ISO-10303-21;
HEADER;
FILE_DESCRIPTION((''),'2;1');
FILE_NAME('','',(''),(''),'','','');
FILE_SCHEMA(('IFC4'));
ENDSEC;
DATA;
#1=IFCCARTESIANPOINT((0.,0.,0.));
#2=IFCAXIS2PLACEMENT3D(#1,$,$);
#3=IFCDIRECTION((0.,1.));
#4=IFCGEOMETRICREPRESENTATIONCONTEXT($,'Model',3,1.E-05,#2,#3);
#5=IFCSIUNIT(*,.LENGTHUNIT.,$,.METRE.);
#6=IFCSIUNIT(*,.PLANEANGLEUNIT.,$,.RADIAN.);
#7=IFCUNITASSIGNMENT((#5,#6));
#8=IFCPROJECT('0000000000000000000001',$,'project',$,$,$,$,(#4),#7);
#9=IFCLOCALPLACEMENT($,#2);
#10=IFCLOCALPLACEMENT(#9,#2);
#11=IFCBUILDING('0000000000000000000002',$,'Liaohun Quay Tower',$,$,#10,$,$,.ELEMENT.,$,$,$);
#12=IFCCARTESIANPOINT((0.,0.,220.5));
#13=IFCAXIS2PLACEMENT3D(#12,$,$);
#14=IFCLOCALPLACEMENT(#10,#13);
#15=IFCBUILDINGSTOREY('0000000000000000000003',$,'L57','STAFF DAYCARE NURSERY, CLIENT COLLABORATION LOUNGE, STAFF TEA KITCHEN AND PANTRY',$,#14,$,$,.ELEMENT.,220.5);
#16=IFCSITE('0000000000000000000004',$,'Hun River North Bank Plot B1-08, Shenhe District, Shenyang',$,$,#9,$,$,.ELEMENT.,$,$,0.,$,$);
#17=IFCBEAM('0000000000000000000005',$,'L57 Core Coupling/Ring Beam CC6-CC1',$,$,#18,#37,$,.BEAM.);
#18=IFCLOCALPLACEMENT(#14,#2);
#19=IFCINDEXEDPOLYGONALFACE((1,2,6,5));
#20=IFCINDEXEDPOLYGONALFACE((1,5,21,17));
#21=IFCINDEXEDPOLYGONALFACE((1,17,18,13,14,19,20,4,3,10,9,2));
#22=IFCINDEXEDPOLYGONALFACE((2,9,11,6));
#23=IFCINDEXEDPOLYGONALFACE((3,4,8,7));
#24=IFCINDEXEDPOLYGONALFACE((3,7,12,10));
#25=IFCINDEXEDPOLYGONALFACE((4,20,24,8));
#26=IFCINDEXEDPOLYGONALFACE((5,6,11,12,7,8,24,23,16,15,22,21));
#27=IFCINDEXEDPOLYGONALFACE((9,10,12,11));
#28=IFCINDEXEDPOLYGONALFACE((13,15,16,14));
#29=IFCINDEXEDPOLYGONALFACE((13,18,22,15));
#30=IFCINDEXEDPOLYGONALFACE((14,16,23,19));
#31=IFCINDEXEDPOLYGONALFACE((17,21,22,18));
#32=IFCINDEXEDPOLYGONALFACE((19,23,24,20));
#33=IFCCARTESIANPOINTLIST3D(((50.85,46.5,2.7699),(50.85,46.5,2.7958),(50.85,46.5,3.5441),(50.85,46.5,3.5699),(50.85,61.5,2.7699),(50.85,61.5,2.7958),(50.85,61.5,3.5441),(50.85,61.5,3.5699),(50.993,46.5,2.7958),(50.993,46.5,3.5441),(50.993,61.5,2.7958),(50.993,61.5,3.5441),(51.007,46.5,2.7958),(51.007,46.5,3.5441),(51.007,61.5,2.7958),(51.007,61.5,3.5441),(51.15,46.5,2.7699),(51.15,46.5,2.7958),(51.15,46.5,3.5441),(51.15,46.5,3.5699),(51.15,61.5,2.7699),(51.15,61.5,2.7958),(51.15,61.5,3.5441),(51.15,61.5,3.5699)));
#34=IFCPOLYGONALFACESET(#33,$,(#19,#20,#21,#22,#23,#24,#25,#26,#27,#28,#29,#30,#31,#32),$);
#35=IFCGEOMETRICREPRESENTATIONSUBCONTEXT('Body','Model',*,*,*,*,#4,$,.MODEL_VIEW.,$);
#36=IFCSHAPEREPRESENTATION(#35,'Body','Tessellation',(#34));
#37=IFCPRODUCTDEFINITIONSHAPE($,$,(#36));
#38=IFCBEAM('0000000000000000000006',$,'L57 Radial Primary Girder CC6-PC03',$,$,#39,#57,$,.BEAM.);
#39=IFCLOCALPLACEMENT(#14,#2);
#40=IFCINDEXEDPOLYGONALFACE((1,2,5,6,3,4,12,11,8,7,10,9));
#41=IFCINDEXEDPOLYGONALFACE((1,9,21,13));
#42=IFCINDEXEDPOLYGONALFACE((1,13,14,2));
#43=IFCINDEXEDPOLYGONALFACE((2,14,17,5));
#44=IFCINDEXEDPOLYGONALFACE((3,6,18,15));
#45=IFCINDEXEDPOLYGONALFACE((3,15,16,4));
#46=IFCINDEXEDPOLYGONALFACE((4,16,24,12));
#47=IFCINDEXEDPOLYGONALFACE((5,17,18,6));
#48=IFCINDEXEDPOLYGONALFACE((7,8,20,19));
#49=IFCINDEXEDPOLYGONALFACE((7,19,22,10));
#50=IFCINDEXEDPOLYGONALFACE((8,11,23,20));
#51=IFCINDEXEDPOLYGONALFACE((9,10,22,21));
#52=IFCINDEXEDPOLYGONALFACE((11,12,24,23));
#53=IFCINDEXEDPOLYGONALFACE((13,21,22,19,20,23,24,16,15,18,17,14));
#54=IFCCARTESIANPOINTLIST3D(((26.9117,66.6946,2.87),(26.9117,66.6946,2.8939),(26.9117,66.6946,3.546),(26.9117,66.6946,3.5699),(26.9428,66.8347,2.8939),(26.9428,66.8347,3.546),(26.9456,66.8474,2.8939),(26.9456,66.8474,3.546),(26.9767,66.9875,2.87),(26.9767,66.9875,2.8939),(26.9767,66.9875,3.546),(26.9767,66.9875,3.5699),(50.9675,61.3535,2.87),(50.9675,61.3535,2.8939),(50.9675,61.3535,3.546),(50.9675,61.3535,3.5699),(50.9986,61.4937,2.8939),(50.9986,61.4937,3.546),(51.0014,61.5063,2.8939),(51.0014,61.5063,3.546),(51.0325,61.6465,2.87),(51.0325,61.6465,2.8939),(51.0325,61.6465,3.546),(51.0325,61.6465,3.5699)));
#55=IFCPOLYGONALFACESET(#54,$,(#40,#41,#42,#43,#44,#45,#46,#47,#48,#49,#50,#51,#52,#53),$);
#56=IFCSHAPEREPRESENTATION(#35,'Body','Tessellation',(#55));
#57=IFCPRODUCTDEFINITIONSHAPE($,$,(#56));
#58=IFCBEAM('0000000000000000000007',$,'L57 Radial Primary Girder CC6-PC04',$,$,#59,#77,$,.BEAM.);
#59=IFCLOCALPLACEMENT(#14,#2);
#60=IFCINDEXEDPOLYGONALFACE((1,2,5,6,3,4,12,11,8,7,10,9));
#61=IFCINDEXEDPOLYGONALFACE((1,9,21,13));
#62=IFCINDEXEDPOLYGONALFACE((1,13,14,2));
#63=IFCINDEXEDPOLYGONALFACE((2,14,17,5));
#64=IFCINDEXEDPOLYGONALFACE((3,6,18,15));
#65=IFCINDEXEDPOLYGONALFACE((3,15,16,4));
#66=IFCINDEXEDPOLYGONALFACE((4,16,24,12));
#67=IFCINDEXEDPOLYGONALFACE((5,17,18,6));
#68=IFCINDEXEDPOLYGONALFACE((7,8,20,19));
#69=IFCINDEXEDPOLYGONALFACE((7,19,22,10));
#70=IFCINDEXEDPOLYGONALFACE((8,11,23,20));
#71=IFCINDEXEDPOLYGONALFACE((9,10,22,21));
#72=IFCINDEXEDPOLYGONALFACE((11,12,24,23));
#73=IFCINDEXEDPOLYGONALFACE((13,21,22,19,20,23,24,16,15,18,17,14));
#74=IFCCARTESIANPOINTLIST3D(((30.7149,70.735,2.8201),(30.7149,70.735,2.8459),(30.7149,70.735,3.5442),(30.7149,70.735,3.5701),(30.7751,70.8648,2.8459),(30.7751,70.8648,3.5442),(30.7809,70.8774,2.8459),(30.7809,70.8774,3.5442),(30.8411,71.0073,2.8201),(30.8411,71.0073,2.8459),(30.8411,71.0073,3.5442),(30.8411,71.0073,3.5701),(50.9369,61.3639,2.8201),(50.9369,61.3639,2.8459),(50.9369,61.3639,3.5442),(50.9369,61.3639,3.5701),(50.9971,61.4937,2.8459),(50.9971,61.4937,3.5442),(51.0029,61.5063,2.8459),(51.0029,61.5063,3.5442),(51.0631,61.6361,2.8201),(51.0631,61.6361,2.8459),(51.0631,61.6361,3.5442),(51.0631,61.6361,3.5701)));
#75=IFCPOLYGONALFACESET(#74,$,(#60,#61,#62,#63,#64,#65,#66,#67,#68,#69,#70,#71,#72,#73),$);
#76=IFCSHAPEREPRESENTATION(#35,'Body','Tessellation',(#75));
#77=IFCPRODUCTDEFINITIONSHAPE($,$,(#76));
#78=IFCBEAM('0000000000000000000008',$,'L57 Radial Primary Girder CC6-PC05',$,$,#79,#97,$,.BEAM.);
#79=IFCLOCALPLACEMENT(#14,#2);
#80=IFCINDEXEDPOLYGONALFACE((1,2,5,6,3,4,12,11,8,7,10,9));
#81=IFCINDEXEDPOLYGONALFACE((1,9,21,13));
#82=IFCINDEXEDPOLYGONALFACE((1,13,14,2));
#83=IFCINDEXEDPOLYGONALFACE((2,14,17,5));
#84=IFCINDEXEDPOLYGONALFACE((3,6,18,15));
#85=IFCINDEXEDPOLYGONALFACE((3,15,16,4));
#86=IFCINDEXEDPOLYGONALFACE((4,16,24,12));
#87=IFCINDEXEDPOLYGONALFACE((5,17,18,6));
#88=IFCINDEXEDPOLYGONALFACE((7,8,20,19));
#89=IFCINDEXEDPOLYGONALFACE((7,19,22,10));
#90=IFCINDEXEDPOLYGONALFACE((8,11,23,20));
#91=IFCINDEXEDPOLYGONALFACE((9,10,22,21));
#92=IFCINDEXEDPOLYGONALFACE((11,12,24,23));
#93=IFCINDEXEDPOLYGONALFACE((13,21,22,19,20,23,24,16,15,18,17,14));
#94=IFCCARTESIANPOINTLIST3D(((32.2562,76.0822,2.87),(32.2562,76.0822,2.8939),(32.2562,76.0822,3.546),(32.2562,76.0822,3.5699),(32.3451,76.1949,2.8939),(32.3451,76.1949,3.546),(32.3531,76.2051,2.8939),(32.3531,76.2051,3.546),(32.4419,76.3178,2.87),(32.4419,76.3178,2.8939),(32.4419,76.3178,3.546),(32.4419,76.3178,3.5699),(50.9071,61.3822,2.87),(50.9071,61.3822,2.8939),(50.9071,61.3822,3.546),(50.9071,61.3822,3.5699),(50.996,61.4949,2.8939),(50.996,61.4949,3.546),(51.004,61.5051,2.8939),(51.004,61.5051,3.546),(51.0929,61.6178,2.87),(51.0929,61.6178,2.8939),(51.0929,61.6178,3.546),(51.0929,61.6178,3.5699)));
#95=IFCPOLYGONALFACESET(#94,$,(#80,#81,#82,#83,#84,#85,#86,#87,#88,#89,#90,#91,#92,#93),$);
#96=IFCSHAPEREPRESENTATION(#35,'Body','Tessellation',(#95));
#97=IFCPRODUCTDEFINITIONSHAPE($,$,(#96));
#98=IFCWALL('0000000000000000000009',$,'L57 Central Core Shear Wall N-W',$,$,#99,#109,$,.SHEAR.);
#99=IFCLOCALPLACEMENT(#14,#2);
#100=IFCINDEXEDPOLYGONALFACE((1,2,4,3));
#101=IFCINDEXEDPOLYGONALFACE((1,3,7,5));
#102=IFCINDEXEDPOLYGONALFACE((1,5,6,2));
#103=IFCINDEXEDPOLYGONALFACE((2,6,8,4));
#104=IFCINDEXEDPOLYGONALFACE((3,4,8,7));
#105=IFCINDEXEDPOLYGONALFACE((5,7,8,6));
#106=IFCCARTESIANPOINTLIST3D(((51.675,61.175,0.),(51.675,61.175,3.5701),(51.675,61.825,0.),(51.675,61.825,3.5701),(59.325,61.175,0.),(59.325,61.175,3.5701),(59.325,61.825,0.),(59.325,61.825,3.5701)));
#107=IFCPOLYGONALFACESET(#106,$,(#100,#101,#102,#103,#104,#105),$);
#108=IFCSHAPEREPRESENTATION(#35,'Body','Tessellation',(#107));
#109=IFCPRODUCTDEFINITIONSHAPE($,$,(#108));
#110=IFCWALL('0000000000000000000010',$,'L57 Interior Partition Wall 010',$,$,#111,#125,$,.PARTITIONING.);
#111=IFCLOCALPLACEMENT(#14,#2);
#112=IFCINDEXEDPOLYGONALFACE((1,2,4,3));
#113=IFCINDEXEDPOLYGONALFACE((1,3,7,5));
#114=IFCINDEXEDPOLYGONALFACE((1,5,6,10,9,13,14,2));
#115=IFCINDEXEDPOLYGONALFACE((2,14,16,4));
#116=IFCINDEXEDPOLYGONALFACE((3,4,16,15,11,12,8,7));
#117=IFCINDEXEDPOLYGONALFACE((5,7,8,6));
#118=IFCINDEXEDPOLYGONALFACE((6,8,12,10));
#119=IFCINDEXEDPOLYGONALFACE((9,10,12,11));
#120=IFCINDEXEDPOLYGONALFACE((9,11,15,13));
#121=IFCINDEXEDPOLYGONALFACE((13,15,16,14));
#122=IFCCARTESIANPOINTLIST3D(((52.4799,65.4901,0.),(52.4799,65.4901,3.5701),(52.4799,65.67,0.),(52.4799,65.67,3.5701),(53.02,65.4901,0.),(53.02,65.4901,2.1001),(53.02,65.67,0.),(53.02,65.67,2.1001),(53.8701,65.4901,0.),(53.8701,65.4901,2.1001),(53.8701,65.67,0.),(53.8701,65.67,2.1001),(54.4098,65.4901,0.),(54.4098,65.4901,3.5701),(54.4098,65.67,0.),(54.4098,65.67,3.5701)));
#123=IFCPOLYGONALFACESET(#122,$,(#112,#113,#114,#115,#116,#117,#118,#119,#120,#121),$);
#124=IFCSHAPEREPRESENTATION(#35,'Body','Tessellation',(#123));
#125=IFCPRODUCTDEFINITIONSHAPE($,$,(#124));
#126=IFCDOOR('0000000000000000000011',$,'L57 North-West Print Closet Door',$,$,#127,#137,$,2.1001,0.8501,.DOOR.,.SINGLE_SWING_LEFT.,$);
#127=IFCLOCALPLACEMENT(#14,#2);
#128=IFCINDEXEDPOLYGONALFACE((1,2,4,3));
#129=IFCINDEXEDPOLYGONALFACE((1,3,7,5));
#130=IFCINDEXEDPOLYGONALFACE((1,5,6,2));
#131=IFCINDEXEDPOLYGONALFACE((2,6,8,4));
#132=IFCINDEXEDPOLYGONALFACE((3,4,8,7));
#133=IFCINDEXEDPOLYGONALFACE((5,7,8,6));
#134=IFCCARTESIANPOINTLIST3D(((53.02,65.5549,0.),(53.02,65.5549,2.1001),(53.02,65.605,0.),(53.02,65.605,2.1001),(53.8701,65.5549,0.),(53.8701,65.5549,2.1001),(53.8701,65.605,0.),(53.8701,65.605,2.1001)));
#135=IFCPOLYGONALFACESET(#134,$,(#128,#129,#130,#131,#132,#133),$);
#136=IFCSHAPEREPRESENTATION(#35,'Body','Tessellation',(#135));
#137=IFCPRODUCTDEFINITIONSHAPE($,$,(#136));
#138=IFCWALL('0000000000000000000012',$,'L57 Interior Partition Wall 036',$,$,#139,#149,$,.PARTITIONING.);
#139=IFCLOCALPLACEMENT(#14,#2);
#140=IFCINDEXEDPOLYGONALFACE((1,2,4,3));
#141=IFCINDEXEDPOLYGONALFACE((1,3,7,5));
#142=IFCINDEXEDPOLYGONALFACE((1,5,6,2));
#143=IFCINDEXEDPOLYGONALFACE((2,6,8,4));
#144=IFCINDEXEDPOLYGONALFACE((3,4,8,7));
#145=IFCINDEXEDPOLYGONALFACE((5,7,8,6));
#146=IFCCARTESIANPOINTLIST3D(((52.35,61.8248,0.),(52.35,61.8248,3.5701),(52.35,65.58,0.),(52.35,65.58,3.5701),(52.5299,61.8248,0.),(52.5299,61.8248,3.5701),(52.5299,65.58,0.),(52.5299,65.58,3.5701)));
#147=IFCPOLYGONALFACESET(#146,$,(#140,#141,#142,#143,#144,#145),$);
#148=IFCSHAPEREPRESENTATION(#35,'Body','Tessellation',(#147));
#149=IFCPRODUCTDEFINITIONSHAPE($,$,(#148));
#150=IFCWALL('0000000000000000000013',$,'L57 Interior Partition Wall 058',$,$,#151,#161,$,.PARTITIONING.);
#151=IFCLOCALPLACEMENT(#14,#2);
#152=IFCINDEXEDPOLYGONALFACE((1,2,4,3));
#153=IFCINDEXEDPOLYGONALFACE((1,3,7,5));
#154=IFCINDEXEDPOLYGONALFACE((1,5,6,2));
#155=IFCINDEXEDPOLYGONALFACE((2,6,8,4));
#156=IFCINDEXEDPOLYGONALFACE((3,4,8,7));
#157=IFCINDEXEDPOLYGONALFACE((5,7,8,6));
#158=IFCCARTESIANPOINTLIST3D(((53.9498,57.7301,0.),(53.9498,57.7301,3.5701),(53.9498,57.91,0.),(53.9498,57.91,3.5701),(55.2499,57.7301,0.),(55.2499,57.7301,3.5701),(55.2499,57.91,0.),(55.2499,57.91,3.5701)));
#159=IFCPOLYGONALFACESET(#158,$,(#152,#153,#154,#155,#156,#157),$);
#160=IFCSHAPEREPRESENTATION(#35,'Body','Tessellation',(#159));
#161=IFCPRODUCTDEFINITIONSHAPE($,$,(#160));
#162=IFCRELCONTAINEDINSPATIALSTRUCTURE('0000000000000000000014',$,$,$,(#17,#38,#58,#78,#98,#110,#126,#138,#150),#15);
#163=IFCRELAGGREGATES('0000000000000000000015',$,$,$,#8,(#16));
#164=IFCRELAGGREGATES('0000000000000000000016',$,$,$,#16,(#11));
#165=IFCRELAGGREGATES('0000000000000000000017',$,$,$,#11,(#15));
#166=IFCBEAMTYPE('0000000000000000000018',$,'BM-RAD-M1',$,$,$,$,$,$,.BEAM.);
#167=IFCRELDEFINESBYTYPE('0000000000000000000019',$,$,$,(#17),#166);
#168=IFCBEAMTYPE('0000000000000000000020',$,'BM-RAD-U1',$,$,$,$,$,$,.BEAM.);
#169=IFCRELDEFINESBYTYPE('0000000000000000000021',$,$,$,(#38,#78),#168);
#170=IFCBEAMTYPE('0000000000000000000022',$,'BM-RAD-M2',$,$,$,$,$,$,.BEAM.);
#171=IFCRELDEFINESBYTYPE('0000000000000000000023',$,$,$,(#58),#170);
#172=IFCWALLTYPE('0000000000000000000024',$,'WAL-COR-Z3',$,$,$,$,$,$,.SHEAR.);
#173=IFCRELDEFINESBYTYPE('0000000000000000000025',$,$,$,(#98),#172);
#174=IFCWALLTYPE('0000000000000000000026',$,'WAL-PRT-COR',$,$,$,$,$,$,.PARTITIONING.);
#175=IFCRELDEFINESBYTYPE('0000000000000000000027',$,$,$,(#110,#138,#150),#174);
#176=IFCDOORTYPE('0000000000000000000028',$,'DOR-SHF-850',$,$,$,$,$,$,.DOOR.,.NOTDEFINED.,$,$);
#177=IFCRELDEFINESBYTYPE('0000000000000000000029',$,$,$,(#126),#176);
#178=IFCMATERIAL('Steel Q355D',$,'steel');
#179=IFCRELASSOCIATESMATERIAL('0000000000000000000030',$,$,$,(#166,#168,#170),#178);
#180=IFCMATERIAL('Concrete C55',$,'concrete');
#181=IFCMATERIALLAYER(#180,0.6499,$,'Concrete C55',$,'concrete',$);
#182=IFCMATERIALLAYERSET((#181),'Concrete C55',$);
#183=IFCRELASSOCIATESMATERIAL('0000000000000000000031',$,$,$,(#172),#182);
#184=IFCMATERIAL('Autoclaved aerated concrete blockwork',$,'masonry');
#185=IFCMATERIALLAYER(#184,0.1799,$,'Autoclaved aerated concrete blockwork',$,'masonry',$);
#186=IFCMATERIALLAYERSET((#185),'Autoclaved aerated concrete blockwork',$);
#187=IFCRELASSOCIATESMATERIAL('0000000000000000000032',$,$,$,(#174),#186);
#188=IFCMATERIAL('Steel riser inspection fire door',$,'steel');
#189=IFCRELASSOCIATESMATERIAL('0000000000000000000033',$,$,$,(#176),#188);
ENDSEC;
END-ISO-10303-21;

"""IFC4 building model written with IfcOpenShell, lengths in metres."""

from ifc_helpers import new_model, si_unit, direction, frame, frame_2d, origin, origin_2d, place, context, subcontext, project, spatial, rectangle, i_section, extrude, source, transform, mapped, material, layer, layer_set, material_profile, profile_set, type_object, element, fill, save


model = new_model("IFC4")

# Units and contexts
model_context = context("Model", 3, precision=1e-05, world=origin(), true_north=direction((0.0, 1.0)))
body_context = subcontext(model_context, "Body", "Model", "MODEL_VIEW")
ifc_project = project(units=[si_unit("LENGTHUNIT", "METRE"), si_unit("PLANEANGLEUNIT", "RADIAN")], contexts=[model_context])

# Site, building, storey
site_placement = place(None, origin())
site = spatial("IfcSite", under=ifc_project, at=site_placement, Name="Hun River North Bank Plot B1-08, Shenhe District, Shenyang", CompositionType="ELEMENT", RefElevation=0.0)
building_placement = place(site_placement, origin())
building = spatial("IfcBuilding", under=site, at=building_placement, Name="Liaohun Quay Tower", CompositionType="ELEMENT")
storey_placement = place(building_placement, frame((0.0, 0.0, 220.5)))
storey = spatial("IfcBuildingStorey", under=building, at=storey_placement, Name="L57", Description="STAFF DAYCARE NURSERY, CLIENT COLLABORATION LOUNGE, STAFF TEA KITCHEN AND PANTRY", CompositionType="ELEMENT", Elevation=220.5)

# Beams
ifc_material_1 = material(Name="Steel Q355D", Category="steel")
ifc_material_profile_1 = material_profile(ifc_material_1, i_section(OverallWidth=0.3, OverallDepth=0.8, WebThickness=0.0139, FlangeThickness=0.0259, at=origin_2d()), Name="HN800x300x14x26")
ifc_profile_set_1 = profile_set([ifc_material_profile_1], Name="Steel Q355D")
beam_type_1 = type_object("IfcBeamType", Name="BM-RAD-M1", PredefinedType="BEAM", material=ifc_profile_set_1)
shared_shape_1 = source(origin(), body_context, "Body", "SweptSolid", [
    extrude(i_section(OverallWidth=0.3, OverallDepth=0.8, WebThickness=0.0139, FlangeThickness=0.0259, at=origin_2d()), origin(), (0.0, 0.0, 1.0), 15.0),
])
beam_1_placement = place(storey_placement, frame((51.0, 61.5, 3.1699), z_axis=(0.0, -1.0, 0.0), x_axis=(1.0, 0.0, 0.0)))
element("IfcBeam", 1, at=beam_1_placement, inside=storey, type_object=beam_type_1, Name="L57 Core Coupling/Ring Beam CC6-CC1", PredefinedType="BEAM", context=body_context, shape_type="MappedRepresentation", body=[
    mapped(shared_shape_1, transform((0.0, 0.0, 0.0), x_axis=(1.0, 0.0, 0.0), y_axis=(0.0, 1.0, 0.0), z_axis=(0.0, 0.0, 1.0), scale=1.0)),
])
ifc_material_profile_2 = material_profile(ifc_material_1, i_section(OverallWidth=0.3, OverallDepth=0.7, WebThickness=0.0129, FlangeThickness=0.0239, at=origin_2d()), Name="HN700x300x13x24")
ifc_profile_set_2 = profile_set([ifc_material_profile_2], Name="Steel Q355D")
beam_type_2 = type_object("IfcBeamType", Name="BM-RAD-U1", PredefinedType="BEAM", material=ifc_profile_set_2)
shared_shape_2 = source(origin(), body_context, "Body", "SweptSolid", [
    extrude(i_section(OverallWidth=0.3, OverallDepth=0.7, WebThickness=0.0129, FlangeThickness=0.0239, at=origin_2d()), origin(), (0.0, 0.0, 1.0), 24.6416),
])
beam_2_placement = place(storey_placement, frame((51.0, 61.5, 3.22), z_axis=(-0.976227, 0.216749, 0.0), x_axis=(-0.216749, -0.976227, 0.0)))
element("IfcBeam", 2, at=beam_2_placement, inside=storey, type_object=beam_type_2, Name="L57 Radial Primary Girder CC6-PC03", PredefinedType="BEAM", context=body_context, shape_type="MappedRepresentation", body=[
    mapped(shared_shape_2, transform((0.0, 0.0, 0.0), x_axis=(1.0, 0.0, 0.0), y_axis=(0.0, 1.0, 0.0), z_axis=(0.0, 0.0, 1.0), scale=1.0)),
])
ifc_material_profile_3 = material_profile(ifc_material_1, i_section(OverallWidth=0.3, OverallDepth=0.75, WebThickness=0.0139, FlangeThickness=0.0259, at=origin_2d()), Name="HN750x300x14x26")
ifc_profile_set_3 = profile_set([ifc_material_profile_3], Name="Steel Q355D")
beam_type_3 = type_object("IfcBeamType", Name="BM-RAD-M2", PredefinedType="BEAM", material=ifc_profile_set_3)
shared_shape_3 = source(origin(), body_context, "Body", "SweptSolid", [
    extrude(i_section(OverallWidth=0.3, OverallDepth=0.75, WebThickness=0.0139, FlangeThickness=0.0259, at=origin_2d()), origin(), (0.0, 0.0, 1.0), 22.2878),
])
beam_3_placement = place(storey_placement, frame((51.0, 61.5, 3.1951), z_axis=(-0.907311, 0.420459, 0.0), x_axis=(-0.420459, -0.907311, 0.0)))
element("IfcBeam", 3, at=beam_3_placement, inside=storey, type_object=beam_type_3, Name="L57 Radial Primary Girder CC6-PC04", PredefinedType="BEAM", context=body_context, shape_type="MappedRepresentation", body=[
    mapped(shared_shape_3, transform((0.0, 0.0, 0.0), x_axis=(1.0, 0.0, 0.0), y_axis=(0.0, 1.0, 0.0), z_axis=(0.0, 0.0, 1.0), scale=1.0)),
])
shared_shape_4 = source(origin(), body_context, "Body", "SweptSolid", [
    extrude(i_section(OverallWidth=0.3, OverallDepth=0.7, WebThickness=0.0129, FlangeThickness=0.0239, at=origin_2d()), origin(), (0.0, 0.0, 1.0), 23.7476),
])
beam_4_placement = place(storey_placement, frame((51.0, 61.5, 3.22), z_axis=(-0.785383, 0.61901, 0.0), x_axis=(-0.61901, -0.785383, 0.0)))
element("IfcBeam", 4, at=beam_4_placement, inside=storey, type_object=beam_type_2, Name="L57 Radial Primary Girder CC6-PC05", PredefinedType="BEAM", context=body_context, shape_type="MappedRepresentation", body=[
    mapped(shared_shape_4, transform((0.0, 0.0, 0.0), x_axis=(1.0, 0.0, 0.0), y_axis=(0.0, 1.0, 0.0), z_axis=(0.0, 0.0, 1.0), scale=1.0)),
])

# Wall
ifc_material_2 = material(Name="Concrete C55", Category="concrete")
ifc_layer_1 = layer(ifc_material_2, 0.6499, Name="Concrete C55", Category="concrete")
ifc_layer_set_1 = layer_set([ifc_layer_1], Name="Concrete C55")
wall_type_1 = type_object("IfcWallType", Name="WAL-COR-Z3", PredefinedType="SHEAR", material=ifc_layer_set_1)
wall_1_placement = place(storey_placement, frame((51.675, 61.5, 0.0), z_axis=(0.0, 0.0, 1.0), x_axis=(1.0, 0.0, 0.0)))
element("IfcWall", 5, at=wall_1_placement, inside=storey, type_object=wall_type_1, Name="L57 Central Core Shear Wall N-W", PredefinedType="SHEAR", context=body_context, shape_type="SweptSolid", body=[
    extrude(rectangle(XDim=7.6499, YDim=0.6499, at=frame_2d((3.825, 0.0))), origin(), (0.0, 0.0, 1.0), 3.5701),
])

# Wall, opening, door
ifc_material_3 = material(Name="Autoclaved aerated concrete blockwork", Category="masonry")
ifc_layer_2 = layer(ifc_material_3, 0.1799, Name="Autoclaved aerated concrete blockwork", Category="masonry")
ifc_layer_set_2 = layer_set([ifc_layer_2], Name="Autoclaved aerated concrete blockwork")
wall_type_2 = type_object("IfcWallType", Name="WAL-PRT-COR", PredefinedType="PARTITIONING", material=ifc_layer_set_2)
wall_2_placement = place(storey_placement, frame((52.48, 65.5801, 0.0), z_axis=(0.0, 0.0, 1.0), x_axis=(1.0, 0.0, 0.0)))
wall_2 = element("IfcWall", 6, at=wall_2_placement, inside=storey, type_object=wall_type_2, Name="L57 Interior Partition Wall 010", PredefinedType="PARTITIONING", context=body_context, shape_type="SweptSolid", body=[
    extrude(rectangle(XDim=1.9299, YDim=0.1799, at=frame_2d((0.9648, 0.0))), origin(), (0.0, 0.0, 1.0), 3.5701),
])
shared_shape_5 = source(origin(), body_context, "Body", "SweptSolid", [
    extrude(rectangle(XDim=0.8501, YDim=2.1001, at=frame_2d((0.425, 1.05))), frame((0.0, 0.0999, 0.0), z_axis=(0.0, -1.0, 0.0), x_axis=(1.0, 0.0, 0.0)), (0.0, 0.0, 1.0), 0.2),
])
opening_1_placement = place(wall_2_placement, frame((0.54, 0.0, 0.0)))
opening_1 = element("IfcOpeningElement", 7, at=opening_1_placement, cuts=wall_2, PredefinedType="OPENING", context=body_context, shape_type="MappedRepresentation", body=[
    mapped(shared_shape_5, transform((0.0, 0.0, 0.0), x_axis=(1.0, 0.0, 0.0), y_axis=(0.0, 1.0, 0.0), z_axis=(0.0, 0.0, 1.0), scale=1.0)),
])
ifc_material_4 = material(Name="Steel riser inspection fire door", Category="steel")
door_type_1 = type_object("IfcDoorType", Name="DOR-SHF-850", OperationType="NOTDEFINED", PredefinedType="DOOR", material=ifc_material_4)
shared_shape_6 = source(origin(), body_context, "Body", "SweptSolid", [
    extrude(rectangle(XDim=0.8501, YDim=2.1001, at=frame_2d((0.425, 1.05))), frame((0.0, 0.0249, 0.0), z_axis=(0.0, -1.0, 0.0), x_axis=(1.0, 0.0, 0.0)), (0.0, 0.0, 1.0), 0.05),
])
door_1_placement = place(opening_1_placement, origin())
door_1 = element("IfcDoor", 8, at=door_1_placement, inside=storey, type_object=door_type_1, Name="L57 North-West Print Closet Door", OperationType="SINGLE_SWING_LEFT", OverallHeight=2.1001, OverallWidth=0.8501, PredefinedType="DOOR", context=body_context, shape_type="MappedRepresentation", body=[
    mapped(shared_shape_6, transform((0.0, 0.0, 0.0), x_axis=(1.0, 0.0, 0.0), y_axis=(0.0, 1.0, 0.0), z_axis=(0.0, 0.0, 1.0), scale=1.0)),
])
fill(opening_1, door_1)

# Walls
wall_3_placement = place(storey_placement, frame((52.4399, 61.825, 0.0), z_axis=(0.0, 0.0, 1.0), x_axis=(0.0, 1.0, 0.0)))
element("IfcWall", 9, at=wall_3_placement, inside=storey, type_object=wall_type_2, Name="L57 Interior Partition Wall 036", PredefinedType="PARTITIONING", context=body_context, shape_type="SweptSolid", body=[
    extrude(rectangle(XDim=3.7551, YDim=0.1799, at=frame_2d((1.8774, 0.0))), origin(), (0.0, 0.0, 1.0), 3.5701),
])
wall_4_placement = place(storey_placement, frame((53.95, 57.8201, 0.0), z_axis=(0.0, 0.0, 1.0), x_axis=(1.0, 0.0, 0.0)))
element("IfcWall", 10, at=wall_4_placement, inside=storey, type_object=wall_type_2, Name="L57 Interior Partition Wall 058", PredefinedType="PARTITIONING", context=body_context, shape_type="SweptSolid", body=[
    extrude(rectangle(XDim=1.3, YDim=0.1799, at=frame_2d((0.6499, 0.0))), origin(), (0.0, 0.0, 1.0), 3.5701),
])

save(model, "model.ifc")
